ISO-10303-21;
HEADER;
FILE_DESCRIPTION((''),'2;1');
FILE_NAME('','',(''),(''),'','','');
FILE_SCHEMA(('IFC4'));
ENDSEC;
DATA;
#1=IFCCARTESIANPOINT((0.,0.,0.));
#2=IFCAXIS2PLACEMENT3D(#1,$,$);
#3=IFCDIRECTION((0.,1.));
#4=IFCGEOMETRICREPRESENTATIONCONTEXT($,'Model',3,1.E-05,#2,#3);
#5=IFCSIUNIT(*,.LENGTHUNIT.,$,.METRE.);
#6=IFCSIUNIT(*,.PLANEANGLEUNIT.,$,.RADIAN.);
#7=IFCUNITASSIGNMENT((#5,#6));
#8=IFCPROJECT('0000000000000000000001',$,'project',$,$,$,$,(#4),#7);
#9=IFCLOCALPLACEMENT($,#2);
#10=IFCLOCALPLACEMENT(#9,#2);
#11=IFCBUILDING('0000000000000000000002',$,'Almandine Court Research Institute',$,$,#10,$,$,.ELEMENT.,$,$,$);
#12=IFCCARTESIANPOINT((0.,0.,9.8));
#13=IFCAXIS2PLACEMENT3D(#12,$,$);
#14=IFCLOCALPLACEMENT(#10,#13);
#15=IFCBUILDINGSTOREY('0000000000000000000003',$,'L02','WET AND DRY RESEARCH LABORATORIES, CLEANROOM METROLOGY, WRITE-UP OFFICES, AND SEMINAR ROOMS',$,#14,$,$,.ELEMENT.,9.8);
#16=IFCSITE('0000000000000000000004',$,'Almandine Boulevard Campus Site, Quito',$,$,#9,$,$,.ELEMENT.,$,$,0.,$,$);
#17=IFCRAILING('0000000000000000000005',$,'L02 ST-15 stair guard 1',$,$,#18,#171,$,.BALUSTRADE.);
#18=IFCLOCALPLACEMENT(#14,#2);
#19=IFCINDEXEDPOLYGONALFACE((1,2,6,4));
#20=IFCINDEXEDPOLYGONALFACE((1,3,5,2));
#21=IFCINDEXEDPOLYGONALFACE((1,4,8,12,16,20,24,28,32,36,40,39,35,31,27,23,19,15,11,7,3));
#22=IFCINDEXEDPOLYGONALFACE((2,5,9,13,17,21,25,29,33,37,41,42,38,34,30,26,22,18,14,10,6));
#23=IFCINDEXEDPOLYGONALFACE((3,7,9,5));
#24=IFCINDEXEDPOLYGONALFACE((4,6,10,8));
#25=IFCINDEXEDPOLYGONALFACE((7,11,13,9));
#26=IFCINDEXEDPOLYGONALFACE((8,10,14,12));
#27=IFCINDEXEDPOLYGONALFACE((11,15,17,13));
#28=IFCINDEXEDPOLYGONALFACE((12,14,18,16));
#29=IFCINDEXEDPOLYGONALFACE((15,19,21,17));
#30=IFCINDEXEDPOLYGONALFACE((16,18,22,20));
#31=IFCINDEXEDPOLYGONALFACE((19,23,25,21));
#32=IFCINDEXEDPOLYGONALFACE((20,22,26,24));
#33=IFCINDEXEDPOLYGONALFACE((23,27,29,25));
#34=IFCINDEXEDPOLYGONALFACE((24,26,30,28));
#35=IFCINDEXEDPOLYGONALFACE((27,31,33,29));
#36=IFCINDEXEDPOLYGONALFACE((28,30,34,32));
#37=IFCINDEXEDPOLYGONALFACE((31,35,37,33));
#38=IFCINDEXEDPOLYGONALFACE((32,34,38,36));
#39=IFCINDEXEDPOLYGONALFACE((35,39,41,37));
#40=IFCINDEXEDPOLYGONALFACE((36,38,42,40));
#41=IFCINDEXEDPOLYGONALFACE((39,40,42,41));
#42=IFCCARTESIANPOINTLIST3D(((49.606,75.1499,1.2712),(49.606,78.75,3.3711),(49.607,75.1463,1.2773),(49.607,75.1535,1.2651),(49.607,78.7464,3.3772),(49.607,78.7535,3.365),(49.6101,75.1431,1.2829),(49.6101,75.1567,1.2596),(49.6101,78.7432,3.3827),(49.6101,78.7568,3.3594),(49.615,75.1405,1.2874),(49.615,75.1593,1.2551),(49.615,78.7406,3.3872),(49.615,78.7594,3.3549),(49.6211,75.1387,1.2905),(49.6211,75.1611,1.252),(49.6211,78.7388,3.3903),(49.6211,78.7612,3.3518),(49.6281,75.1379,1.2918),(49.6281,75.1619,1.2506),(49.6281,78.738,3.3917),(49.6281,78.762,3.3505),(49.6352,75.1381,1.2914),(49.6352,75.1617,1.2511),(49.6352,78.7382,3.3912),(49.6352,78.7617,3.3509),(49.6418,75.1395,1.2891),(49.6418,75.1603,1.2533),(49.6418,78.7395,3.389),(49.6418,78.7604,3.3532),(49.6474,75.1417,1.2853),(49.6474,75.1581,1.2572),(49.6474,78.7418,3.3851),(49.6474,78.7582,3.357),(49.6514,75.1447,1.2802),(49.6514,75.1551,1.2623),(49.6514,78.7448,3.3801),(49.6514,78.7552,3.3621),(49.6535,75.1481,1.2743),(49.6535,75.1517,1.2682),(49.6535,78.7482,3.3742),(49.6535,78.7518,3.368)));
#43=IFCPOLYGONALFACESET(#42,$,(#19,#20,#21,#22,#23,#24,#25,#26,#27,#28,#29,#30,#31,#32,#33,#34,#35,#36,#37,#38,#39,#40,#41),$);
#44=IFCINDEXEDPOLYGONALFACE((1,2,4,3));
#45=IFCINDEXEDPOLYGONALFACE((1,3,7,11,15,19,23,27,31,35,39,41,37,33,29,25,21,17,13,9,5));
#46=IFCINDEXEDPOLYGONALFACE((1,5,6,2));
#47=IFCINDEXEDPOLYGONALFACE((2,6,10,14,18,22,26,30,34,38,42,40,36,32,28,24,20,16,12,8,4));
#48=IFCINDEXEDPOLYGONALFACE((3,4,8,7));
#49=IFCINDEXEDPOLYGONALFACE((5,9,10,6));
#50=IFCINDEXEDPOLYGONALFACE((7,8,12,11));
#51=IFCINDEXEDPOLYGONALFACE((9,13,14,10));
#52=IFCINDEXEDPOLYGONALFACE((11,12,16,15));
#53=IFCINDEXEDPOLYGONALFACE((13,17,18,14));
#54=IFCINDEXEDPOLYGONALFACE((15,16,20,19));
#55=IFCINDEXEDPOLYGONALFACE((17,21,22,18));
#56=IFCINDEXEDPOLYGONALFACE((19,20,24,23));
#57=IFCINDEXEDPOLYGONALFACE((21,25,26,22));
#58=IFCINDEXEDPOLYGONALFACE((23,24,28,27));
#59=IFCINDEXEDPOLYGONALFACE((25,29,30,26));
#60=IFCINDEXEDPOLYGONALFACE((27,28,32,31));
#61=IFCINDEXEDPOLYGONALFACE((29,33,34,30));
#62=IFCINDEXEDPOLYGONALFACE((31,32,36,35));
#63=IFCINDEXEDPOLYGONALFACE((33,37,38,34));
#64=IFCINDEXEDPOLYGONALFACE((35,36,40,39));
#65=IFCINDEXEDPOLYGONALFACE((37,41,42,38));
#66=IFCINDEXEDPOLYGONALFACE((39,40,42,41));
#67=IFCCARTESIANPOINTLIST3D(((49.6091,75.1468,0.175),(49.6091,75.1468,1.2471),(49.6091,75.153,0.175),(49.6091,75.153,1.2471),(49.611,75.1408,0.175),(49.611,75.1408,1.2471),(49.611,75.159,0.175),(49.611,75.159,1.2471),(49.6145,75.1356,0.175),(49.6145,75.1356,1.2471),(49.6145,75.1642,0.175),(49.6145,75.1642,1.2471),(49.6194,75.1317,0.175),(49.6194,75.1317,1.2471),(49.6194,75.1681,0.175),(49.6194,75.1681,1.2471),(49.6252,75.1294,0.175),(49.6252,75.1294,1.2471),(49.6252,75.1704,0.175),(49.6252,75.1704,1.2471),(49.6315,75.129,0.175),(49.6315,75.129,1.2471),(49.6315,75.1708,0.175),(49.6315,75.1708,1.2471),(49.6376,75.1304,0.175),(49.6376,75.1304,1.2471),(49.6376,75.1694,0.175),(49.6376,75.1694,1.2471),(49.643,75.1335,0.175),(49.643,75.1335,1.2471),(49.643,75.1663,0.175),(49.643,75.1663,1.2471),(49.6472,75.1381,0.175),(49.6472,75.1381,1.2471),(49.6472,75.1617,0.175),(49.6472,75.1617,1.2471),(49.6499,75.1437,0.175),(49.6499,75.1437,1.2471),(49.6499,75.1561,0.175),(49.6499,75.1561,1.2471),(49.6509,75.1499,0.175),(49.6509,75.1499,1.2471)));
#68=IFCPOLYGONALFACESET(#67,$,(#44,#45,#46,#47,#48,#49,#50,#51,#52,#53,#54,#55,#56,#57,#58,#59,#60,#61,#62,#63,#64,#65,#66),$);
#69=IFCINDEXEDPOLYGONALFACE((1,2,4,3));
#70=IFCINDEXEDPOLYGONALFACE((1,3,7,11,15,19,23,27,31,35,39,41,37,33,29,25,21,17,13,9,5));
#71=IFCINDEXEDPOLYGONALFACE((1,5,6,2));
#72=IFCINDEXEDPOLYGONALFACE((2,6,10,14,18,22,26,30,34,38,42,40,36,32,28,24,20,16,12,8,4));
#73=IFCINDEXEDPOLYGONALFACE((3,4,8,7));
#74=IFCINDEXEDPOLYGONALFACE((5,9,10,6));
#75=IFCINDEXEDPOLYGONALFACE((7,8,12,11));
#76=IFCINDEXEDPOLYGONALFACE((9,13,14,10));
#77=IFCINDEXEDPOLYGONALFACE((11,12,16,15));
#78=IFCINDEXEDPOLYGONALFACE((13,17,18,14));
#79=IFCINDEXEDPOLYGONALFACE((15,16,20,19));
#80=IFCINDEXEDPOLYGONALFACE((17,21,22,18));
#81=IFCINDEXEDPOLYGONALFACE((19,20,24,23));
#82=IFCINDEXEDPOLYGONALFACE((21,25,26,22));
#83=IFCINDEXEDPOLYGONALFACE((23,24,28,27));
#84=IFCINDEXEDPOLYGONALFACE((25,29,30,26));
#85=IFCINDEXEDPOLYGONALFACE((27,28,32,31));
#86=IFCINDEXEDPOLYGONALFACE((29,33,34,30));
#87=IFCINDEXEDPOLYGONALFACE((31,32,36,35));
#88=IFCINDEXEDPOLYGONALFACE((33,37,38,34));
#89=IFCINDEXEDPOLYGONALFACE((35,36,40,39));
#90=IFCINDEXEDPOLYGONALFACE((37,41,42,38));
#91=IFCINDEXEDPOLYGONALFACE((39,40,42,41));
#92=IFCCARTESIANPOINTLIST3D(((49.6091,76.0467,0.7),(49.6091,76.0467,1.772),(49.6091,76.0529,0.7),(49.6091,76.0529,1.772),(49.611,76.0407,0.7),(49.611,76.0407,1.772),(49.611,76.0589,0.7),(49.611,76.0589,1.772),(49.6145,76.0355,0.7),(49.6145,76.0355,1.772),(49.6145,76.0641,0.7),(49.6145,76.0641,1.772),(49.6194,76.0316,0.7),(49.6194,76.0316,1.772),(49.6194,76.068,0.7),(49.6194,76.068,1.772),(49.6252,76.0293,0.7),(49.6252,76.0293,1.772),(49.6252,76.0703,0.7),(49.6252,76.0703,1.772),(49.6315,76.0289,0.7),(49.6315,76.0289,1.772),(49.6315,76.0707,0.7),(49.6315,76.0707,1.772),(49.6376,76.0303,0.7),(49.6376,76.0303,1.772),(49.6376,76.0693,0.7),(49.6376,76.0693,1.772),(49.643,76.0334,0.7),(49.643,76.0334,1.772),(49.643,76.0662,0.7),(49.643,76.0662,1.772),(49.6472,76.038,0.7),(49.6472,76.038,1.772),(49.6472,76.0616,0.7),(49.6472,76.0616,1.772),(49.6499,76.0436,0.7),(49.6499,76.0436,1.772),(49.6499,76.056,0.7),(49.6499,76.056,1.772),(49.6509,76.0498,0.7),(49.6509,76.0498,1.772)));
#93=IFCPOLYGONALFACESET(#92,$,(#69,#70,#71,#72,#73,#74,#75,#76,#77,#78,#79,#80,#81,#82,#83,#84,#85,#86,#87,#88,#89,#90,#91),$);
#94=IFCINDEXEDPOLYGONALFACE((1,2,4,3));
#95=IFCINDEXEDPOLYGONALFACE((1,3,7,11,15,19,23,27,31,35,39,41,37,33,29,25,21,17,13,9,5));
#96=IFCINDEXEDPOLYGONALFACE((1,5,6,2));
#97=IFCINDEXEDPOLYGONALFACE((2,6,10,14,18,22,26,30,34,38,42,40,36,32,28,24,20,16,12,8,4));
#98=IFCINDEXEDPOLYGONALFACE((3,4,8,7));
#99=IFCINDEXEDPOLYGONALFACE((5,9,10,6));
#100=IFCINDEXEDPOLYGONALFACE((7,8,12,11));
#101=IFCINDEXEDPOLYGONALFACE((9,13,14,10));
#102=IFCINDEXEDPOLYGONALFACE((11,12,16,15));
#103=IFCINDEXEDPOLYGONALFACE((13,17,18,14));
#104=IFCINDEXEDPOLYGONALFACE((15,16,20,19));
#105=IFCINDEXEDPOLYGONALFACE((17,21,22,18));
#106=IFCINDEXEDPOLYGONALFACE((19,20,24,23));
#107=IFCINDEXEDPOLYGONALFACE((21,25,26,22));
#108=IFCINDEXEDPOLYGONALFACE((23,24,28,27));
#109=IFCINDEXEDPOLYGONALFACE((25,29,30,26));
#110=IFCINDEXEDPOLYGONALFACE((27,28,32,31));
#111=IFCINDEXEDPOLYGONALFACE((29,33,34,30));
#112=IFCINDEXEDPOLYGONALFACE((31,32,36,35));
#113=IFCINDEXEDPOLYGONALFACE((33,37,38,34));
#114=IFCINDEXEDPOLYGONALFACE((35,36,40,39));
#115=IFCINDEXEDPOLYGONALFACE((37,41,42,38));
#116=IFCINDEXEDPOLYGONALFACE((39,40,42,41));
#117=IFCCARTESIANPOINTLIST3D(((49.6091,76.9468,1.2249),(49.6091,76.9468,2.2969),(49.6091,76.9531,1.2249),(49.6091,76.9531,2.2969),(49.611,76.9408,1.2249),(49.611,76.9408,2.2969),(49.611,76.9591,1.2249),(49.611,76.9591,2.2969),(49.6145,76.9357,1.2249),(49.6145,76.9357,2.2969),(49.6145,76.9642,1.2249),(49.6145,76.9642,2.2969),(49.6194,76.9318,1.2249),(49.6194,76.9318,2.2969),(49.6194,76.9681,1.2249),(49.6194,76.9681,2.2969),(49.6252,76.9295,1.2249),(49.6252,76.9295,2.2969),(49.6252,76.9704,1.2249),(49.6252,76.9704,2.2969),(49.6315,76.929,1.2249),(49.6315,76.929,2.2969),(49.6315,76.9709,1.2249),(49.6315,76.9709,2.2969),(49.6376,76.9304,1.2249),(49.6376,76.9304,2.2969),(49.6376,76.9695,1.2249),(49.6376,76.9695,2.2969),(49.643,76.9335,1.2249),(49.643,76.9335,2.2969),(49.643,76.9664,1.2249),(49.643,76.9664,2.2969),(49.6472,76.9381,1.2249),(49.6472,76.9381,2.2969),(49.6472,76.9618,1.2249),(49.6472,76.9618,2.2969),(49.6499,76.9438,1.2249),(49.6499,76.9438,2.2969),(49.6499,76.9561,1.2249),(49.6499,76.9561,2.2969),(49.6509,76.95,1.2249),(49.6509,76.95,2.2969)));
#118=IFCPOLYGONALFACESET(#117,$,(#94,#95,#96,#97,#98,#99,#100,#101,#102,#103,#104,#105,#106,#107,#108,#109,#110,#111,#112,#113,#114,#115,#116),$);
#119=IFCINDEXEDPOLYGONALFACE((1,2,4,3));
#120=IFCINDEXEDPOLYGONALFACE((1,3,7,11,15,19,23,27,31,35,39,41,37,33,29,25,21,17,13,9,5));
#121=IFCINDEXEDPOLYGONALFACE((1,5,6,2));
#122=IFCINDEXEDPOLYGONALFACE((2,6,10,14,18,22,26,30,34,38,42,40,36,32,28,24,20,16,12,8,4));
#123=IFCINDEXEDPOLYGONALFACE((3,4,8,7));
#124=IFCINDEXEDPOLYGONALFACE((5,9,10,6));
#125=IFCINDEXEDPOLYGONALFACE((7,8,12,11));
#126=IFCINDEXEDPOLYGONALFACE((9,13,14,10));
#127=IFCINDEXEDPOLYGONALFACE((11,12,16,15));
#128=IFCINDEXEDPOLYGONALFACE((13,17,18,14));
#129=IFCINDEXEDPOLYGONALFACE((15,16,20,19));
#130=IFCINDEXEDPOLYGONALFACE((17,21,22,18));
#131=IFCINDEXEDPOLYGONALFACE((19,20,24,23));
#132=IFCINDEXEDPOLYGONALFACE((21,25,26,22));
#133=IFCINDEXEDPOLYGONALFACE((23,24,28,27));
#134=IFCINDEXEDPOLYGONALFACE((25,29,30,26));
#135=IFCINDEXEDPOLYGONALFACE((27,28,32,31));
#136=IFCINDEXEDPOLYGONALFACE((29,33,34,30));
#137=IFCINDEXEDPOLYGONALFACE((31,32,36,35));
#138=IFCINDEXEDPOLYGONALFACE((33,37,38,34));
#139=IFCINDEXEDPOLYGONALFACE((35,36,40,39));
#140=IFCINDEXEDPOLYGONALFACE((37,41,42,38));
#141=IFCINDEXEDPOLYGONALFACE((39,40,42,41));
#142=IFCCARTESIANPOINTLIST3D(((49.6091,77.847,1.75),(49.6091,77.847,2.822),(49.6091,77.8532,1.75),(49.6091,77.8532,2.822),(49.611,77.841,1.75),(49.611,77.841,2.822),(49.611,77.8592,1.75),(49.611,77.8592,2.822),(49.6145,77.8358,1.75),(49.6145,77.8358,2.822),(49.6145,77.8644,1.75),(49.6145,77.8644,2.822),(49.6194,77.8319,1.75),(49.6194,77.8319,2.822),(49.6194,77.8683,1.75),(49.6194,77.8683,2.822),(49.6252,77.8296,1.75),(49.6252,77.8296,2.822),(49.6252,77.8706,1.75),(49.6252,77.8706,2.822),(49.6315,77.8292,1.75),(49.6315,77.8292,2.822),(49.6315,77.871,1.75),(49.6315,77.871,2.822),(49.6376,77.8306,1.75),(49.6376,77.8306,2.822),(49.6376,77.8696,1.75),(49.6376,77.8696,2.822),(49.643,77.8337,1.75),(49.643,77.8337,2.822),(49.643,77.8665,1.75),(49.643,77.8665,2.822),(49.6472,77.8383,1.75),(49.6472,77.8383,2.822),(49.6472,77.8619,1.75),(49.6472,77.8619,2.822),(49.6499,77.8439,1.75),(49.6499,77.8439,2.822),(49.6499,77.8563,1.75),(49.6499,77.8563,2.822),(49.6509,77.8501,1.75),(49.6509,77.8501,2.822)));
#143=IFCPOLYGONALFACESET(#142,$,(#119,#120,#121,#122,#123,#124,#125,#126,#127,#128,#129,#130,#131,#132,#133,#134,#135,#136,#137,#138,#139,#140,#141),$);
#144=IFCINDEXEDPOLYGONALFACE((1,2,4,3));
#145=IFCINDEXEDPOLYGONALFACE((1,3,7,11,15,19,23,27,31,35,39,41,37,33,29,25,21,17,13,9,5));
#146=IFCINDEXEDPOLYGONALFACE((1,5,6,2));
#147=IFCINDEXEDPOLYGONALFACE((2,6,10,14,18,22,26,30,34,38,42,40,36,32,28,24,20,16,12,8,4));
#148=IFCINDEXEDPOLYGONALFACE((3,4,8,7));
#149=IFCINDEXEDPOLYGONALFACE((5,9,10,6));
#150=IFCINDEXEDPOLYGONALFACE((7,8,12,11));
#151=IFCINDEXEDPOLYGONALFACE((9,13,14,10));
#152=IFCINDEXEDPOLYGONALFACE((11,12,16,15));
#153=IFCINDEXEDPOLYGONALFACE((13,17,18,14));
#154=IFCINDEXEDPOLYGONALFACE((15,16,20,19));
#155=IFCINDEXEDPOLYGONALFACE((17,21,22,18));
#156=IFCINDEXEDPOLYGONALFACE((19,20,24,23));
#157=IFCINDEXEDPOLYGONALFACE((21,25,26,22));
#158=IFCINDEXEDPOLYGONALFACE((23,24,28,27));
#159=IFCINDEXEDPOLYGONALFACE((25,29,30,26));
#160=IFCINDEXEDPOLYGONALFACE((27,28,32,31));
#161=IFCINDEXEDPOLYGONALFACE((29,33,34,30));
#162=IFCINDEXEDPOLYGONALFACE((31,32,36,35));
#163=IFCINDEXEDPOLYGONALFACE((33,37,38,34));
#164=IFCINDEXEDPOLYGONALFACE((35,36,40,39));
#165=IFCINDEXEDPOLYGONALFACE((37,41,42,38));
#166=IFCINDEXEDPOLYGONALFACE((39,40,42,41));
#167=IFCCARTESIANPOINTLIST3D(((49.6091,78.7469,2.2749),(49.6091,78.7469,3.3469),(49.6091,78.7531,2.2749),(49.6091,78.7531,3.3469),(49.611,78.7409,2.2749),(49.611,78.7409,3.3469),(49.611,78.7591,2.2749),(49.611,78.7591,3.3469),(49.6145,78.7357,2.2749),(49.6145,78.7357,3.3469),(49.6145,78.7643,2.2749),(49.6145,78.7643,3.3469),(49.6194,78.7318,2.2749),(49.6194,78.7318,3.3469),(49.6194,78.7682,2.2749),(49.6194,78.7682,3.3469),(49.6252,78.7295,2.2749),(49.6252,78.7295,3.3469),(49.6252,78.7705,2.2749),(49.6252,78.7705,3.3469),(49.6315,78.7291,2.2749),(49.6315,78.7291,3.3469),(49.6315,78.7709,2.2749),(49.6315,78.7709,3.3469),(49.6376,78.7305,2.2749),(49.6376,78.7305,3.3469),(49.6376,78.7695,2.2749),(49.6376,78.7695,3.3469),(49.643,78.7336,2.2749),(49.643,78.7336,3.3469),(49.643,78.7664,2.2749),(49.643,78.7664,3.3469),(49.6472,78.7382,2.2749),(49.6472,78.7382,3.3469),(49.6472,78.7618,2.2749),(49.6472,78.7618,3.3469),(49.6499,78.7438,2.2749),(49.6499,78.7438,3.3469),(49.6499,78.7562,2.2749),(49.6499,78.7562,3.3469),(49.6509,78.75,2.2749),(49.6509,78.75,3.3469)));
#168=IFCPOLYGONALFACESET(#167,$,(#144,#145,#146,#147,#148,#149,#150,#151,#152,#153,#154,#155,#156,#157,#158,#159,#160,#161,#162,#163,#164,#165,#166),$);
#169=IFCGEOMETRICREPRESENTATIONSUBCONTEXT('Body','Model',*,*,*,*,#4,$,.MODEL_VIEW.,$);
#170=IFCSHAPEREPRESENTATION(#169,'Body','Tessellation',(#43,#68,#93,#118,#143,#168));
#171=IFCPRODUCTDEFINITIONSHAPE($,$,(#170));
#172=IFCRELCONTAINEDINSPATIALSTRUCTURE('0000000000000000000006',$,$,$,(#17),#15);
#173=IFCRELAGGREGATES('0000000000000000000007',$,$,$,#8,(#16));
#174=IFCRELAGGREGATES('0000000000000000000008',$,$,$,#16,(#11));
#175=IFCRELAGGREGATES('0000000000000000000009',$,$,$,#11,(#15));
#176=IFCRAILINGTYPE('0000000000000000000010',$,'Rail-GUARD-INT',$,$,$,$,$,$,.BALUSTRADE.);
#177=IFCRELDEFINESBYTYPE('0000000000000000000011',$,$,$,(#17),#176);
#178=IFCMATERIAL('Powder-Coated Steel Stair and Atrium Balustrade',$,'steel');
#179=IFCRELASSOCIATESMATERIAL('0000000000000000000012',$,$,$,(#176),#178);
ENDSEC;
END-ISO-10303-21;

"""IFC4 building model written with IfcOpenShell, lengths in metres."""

from ifc_helpers import new_model, si_unit, direction, frame, origin, origin_2d, place, context, subcontext, project, spatial, circle, extrude, material, type_object, element, save


model = new_model("IFC4")

# Units and contexts
model_context = context("Model", 3, precision=1e-05, world=origin(), true_north=direction((0.0, 1.0)))
body_context = subcontext(model_context, "Body", "Model", "MODEL_VIEW")
ifc_project = project(units=[si_unit("LENGTHUNIT", "METRE"), si_unit("PLANEANGLEUNIT", "RADIAN")], contexts=[model_context])

# Site, building, storey
site_placement = place(None, origin())
site = spatial("IfcSite", under=ifc_project, at=site_placement, Name="Almandine Boulevard Campus Site, Quito", CompositionType="ELEMENT", RefElevation=0.0)
building_placement = place(site_placement, origin())
building = spatial("IfcBuilding", under=site, at=building_placement, Name="Almandine Court Research Institute", CompositionType="ELEMENT")
storey_placement = place(building_placement, frame((0.0, 0.0, 9.8)))
storey = spatial("IfcBuildingStorey", under=building, at=storey_placement, Name="L02", Description="WET AND DRY RESEARCH LABORATORIES, CLEANROOM METROLOGY, WRITE-UP OFFICES, AND SEMINAR ROOMS", CompositionType="ELEMENT", Elevation=9.8)

# Railing
ifc_material_1 = material(Name="Powder-Coated Steel Stair and Atrium Balustrade", Category="steel")
railing_type_1 = type_object("IfcRailingType", Name="Rail-GUARD-INT", PredefinedType="BALUSTRADE", material=ifc_material_1)
railing_1_placement = place(storey_placement, frame((49.6299, 75.1499, 0.175)))
element("IfcRailing", 1, at=railing_1_placement, inside=storey, type_object=railing_type_1, Name="L02 ST-15 stair guard 1", PredefinedType="BALUSTRADE", context=body_context, shape_type="SweptSolid", body=[
    extrude(circle(Radius=0.0239, at=origin_2d()), frame((0.0, 0.0, 1.0962), z_axis=(0.0, 0.8638, 0.503835), x_axis=(-1.0, 0.0, 0.0)), (0.0, 0.0, 1.0), 4.1677),
    extrude(circle(Radius=0.021, at=origin_2d()), origin(), (0.0, 0.0, 1.0), 1.072),
    extrude(circle(Radius=0.021, at=origin_2d()), frame((0.0, 0.8999, 0.5249)), (0.0, 0.0, 1.0), 1.072),
    extrude(circle(Radius=0.021, at=origin_2d()), frame((0.0, 1.8, 1.0498)), (0.0, 0.0, 1.0), 1.072),
    extrude(circle(Radius=0.021, at=origin_2d()), frame((0.0, 2.7002, 1.575)), (0.0, 0.0, 1.0), 1.072),
    extrude(circle(Radius=0.021, at=origin_2d()), frame((0.0, 3.6001, 2.0999)), (0.0, 0.0, 1.0), 1.072),
])

save(model, "model.ifc")
